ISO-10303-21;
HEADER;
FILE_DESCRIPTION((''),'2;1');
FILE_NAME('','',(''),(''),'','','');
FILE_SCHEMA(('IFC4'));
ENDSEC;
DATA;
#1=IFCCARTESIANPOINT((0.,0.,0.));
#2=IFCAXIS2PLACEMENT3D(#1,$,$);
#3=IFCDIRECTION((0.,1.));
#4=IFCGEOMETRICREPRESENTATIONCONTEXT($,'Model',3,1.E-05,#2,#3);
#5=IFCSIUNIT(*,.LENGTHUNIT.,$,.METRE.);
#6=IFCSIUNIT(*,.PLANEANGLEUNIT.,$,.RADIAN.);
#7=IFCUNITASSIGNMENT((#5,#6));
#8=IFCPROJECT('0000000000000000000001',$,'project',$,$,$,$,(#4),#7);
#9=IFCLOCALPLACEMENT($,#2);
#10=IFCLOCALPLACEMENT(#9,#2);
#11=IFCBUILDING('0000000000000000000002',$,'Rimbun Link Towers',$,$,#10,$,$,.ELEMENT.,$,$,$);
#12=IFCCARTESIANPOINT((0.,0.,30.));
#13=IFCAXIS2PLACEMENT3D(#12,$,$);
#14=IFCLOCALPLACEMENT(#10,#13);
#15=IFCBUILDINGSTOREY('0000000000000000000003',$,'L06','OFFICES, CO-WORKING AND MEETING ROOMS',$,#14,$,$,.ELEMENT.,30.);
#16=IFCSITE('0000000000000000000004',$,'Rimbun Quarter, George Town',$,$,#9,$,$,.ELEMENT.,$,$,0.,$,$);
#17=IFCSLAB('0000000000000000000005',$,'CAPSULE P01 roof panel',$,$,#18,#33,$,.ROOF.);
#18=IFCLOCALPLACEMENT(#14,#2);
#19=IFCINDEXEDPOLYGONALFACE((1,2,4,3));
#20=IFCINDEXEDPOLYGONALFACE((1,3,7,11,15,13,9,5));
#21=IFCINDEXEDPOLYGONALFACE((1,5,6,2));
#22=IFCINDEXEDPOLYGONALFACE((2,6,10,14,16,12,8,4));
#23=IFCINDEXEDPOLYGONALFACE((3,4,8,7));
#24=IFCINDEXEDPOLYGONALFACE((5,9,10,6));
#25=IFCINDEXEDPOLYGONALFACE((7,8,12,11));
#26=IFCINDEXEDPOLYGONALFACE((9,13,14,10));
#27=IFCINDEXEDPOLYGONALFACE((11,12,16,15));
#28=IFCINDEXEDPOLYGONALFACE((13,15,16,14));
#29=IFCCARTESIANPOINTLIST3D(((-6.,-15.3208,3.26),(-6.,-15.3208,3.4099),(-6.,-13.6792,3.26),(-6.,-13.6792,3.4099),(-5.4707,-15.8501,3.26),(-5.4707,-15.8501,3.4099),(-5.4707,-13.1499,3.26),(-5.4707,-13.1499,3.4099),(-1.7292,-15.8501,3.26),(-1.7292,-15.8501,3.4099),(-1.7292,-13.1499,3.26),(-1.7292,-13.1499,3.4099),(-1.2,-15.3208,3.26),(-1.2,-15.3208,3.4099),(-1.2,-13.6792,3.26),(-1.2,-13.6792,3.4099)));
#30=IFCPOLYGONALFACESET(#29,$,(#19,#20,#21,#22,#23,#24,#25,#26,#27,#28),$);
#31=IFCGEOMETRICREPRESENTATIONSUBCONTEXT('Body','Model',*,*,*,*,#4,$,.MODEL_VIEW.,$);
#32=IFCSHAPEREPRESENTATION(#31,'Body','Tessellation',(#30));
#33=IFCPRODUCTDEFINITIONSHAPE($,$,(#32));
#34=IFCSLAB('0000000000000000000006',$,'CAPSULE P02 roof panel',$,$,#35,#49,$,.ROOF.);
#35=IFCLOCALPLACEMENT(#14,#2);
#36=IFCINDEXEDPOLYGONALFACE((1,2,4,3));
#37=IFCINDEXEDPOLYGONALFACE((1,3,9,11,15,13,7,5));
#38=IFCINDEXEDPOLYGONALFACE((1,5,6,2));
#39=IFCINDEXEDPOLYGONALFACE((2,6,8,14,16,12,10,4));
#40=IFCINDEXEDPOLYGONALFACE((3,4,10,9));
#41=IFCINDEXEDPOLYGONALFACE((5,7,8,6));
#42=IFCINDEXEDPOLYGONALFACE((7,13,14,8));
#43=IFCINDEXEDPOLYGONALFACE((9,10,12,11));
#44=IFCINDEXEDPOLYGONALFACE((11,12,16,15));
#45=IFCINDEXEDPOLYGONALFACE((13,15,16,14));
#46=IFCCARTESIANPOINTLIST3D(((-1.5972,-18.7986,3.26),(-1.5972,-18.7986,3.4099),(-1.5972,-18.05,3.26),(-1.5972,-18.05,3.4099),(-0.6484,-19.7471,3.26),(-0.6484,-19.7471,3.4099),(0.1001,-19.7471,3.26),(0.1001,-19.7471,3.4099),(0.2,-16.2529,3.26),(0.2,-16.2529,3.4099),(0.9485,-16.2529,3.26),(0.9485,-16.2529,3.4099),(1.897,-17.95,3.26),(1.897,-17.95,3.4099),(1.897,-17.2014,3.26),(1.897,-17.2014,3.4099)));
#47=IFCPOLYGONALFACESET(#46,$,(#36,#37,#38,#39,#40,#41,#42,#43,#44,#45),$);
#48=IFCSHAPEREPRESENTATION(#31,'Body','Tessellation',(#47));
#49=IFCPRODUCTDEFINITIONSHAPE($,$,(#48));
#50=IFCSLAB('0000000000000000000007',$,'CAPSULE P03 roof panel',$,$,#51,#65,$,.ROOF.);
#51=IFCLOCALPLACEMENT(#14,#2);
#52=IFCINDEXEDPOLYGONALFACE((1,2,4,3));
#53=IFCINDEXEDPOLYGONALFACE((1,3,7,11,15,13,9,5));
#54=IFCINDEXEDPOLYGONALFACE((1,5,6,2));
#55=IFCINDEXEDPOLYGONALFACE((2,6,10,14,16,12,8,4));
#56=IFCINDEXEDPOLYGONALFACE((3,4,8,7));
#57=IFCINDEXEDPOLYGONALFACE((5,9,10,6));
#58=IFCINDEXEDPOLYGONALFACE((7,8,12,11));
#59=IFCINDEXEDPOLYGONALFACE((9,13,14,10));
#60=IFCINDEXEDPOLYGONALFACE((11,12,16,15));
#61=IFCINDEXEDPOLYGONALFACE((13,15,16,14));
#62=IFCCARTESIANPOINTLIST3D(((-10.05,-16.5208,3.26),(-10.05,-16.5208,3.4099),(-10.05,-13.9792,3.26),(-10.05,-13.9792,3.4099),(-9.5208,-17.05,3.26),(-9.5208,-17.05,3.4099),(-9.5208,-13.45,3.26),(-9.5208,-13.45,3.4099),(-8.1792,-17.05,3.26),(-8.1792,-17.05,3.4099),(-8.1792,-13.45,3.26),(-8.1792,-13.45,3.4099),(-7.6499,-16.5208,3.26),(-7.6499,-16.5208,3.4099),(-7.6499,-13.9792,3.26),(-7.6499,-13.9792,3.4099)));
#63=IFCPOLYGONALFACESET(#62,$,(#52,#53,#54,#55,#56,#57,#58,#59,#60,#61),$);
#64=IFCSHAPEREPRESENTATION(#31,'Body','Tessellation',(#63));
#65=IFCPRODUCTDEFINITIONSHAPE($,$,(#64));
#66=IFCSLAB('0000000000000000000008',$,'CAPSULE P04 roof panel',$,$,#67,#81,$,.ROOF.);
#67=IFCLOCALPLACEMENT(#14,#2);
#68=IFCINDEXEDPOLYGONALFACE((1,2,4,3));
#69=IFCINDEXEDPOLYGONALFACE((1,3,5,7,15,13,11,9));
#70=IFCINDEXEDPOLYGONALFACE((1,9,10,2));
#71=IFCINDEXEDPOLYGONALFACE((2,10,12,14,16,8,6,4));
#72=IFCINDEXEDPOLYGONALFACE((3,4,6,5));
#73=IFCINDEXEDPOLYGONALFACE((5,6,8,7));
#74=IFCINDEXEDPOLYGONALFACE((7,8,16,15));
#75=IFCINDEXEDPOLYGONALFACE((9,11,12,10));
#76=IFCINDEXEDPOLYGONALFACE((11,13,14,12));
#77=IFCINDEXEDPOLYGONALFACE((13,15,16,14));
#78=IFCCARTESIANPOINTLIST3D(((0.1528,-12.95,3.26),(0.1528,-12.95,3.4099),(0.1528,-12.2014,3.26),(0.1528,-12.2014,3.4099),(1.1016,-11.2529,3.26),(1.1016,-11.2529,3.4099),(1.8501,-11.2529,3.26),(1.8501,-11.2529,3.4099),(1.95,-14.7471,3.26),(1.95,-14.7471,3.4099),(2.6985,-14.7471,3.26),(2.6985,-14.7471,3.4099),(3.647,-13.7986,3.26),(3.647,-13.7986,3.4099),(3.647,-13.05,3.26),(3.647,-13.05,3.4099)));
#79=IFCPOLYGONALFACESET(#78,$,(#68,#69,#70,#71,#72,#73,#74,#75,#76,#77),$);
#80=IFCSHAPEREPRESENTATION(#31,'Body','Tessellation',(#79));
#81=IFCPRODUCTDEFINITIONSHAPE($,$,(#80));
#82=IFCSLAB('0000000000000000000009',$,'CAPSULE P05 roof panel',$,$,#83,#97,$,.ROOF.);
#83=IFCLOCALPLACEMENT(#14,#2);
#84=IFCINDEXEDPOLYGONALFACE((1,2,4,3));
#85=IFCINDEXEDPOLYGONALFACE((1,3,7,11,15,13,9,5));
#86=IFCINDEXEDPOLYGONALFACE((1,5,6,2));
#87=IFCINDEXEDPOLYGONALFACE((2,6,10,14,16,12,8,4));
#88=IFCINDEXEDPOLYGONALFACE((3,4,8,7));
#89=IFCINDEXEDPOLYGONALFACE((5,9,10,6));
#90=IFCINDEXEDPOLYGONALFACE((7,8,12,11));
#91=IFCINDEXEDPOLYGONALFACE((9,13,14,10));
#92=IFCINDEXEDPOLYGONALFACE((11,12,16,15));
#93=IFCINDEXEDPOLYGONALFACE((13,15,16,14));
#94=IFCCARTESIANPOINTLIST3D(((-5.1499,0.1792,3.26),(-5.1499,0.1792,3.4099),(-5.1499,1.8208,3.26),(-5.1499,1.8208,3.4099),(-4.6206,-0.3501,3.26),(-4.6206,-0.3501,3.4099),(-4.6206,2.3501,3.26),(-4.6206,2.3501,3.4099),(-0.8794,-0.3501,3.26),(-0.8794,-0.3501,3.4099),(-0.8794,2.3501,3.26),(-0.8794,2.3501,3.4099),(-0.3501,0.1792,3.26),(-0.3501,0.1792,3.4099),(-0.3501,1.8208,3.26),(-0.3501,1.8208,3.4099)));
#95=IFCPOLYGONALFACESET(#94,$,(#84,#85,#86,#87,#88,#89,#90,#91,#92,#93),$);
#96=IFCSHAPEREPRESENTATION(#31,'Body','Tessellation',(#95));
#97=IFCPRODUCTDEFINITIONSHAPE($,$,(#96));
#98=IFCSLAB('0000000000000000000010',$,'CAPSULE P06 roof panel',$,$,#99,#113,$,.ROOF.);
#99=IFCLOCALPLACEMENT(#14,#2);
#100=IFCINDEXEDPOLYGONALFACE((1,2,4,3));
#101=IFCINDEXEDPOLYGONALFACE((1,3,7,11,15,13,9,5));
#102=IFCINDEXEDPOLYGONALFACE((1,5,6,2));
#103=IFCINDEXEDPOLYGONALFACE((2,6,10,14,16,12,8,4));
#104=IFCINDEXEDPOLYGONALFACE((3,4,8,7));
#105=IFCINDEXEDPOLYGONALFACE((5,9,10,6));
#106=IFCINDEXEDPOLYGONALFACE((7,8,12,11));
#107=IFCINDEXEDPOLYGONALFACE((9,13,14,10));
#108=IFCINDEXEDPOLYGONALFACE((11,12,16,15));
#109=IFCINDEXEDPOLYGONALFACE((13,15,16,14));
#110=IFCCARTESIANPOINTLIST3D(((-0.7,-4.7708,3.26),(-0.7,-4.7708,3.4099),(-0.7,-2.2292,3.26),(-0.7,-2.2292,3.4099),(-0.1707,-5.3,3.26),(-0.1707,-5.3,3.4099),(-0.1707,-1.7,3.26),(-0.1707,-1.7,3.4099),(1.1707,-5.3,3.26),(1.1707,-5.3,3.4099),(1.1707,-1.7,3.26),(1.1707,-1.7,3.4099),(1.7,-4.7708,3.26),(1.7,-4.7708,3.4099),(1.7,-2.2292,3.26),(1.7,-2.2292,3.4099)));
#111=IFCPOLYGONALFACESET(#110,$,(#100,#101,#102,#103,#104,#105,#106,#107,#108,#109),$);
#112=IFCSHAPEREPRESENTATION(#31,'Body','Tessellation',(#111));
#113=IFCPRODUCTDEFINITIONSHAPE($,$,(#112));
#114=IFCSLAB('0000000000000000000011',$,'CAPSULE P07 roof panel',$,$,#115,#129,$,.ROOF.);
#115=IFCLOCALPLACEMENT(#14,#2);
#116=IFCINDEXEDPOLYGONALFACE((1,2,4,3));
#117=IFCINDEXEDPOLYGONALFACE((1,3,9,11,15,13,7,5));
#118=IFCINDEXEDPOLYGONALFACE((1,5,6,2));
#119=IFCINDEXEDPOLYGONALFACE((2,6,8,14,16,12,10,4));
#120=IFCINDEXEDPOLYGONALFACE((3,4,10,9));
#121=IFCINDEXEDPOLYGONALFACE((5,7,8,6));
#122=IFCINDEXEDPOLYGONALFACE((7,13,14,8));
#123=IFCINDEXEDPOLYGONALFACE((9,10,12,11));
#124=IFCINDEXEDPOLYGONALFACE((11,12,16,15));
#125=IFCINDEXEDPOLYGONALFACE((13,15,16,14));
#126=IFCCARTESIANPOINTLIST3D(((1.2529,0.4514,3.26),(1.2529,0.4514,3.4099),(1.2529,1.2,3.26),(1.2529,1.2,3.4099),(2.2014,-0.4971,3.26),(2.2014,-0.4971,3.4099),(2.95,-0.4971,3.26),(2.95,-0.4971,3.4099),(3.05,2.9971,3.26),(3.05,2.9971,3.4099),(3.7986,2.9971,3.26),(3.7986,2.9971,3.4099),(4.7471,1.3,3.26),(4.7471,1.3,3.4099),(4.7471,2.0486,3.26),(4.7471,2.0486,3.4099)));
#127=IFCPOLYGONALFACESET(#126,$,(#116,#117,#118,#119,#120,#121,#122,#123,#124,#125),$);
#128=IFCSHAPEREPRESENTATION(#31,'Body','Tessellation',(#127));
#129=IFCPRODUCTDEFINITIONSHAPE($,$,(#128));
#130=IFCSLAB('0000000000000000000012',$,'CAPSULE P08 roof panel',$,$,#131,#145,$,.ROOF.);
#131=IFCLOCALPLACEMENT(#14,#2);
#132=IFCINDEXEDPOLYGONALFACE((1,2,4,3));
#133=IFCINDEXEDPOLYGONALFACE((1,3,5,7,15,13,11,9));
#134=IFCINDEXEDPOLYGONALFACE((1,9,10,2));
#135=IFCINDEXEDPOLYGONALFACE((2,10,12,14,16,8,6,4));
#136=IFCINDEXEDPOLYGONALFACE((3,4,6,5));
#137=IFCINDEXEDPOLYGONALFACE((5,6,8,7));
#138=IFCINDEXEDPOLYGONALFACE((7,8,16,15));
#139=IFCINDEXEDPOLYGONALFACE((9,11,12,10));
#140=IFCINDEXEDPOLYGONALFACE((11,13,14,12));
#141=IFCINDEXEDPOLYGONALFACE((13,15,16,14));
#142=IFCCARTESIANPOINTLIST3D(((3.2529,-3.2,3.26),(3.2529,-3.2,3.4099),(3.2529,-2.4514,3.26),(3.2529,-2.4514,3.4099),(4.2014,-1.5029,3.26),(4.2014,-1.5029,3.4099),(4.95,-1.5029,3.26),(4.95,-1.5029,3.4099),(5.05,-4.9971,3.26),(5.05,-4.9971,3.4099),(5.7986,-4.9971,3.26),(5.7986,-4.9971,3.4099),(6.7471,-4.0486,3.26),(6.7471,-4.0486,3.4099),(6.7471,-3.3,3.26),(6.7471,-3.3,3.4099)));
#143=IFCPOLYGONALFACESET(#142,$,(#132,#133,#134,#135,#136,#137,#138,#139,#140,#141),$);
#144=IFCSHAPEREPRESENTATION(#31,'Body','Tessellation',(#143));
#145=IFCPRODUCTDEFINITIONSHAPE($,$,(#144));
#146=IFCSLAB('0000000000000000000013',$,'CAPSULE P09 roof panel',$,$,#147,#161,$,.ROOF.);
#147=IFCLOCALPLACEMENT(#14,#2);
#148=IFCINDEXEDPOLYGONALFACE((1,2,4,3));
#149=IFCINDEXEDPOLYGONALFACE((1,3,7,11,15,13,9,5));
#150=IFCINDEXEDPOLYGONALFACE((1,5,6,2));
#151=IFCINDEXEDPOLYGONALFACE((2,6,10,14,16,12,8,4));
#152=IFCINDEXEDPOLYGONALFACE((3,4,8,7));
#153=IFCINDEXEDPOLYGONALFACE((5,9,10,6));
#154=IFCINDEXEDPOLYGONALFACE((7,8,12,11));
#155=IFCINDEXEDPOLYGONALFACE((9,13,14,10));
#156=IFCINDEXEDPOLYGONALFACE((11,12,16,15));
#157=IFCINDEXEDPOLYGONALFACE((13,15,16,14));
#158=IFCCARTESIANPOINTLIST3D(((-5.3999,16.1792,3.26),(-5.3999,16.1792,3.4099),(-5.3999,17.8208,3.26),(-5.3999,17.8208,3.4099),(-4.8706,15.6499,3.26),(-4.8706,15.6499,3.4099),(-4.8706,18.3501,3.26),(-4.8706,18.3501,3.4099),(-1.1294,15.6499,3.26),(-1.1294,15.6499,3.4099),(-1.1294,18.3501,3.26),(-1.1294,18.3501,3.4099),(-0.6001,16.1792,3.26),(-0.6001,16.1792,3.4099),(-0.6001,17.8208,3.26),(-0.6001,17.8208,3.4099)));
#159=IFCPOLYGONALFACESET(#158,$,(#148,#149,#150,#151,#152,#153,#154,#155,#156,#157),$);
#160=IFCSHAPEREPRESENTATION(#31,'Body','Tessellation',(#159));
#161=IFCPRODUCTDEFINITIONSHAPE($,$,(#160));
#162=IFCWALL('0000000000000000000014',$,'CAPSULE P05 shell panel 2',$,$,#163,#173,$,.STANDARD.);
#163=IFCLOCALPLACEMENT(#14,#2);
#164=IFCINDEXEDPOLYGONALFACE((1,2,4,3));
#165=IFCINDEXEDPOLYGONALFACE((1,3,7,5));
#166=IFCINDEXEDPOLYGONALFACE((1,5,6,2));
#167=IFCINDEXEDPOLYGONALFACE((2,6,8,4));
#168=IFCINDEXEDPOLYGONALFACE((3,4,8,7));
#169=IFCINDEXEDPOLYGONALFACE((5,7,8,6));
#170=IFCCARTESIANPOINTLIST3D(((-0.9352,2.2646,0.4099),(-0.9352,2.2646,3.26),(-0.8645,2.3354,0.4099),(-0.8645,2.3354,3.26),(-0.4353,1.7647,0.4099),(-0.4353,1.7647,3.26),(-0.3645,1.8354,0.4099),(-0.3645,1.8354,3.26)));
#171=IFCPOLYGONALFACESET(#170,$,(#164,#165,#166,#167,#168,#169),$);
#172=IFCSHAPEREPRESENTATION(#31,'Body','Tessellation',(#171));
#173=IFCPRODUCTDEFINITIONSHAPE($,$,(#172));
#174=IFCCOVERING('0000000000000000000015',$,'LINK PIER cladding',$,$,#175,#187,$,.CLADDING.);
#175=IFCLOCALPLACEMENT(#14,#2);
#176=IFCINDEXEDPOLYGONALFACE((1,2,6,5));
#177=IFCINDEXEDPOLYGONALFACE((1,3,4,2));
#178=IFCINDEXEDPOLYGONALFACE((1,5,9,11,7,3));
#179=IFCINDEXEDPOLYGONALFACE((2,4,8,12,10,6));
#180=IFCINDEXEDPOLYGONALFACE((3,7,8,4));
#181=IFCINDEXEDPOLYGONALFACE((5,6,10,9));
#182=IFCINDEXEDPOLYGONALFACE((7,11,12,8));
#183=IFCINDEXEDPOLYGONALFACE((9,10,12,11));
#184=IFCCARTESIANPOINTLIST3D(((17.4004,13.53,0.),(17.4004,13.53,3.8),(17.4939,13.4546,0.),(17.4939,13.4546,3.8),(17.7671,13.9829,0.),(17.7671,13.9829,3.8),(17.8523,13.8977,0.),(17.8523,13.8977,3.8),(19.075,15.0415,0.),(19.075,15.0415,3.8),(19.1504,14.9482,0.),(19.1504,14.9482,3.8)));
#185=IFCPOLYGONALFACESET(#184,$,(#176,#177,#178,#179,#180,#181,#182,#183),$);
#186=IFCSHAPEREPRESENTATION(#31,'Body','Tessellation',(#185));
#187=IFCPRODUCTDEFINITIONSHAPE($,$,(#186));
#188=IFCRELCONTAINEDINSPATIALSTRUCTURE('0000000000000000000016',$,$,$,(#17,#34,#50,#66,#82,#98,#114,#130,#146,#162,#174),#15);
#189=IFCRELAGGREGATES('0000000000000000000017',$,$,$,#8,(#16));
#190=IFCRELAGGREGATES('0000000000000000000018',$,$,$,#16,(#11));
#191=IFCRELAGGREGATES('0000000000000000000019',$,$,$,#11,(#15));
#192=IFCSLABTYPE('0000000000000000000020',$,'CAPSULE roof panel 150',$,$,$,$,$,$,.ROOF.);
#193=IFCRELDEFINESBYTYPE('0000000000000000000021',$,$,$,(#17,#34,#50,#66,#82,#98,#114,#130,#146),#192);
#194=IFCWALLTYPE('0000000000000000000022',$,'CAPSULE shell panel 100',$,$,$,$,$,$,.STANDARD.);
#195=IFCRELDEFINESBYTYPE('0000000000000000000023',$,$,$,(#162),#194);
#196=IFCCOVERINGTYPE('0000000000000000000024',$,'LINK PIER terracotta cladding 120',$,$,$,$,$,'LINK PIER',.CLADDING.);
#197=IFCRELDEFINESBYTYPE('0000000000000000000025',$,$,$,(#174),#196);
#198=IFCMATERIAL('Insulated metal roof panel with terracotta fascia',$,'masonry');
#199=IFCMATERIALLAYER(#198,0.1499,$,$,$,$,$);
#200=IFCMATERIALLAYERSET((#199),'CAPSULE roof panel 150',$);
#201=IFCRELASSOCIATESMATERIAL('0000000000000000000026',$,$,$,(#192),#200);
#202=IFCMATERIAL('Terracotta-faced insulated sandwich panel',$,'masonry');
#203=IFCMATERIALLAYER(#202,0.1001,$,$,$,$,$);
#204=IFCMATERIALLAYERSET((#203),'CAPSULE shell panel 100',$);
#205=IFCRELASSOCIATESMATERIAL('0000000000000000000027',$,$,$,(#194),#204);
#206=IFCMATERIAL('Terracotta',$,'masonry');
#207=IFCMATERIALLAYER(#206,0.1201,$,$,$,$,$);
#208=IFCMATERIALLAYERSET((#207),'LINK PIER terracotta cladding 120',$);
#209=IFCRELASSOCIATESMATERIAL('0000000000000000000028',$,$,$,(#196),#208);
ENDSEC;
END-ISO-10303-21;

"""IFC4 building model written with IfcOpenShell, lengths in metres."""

from ifc_helpers import new_model, si_unit, direction, frame, frame_2d, origin, place, context, subcontext, project, spatial, polyline, rectangle, outline, extrude, material, layer, layer_set, type_object, element, save


model = new_model("IFC4")

# Units and contexts
model_context = context("Model", 3, precision=1e-05, world=origin(), true_north=direction((0.0, 1.0)))
body_context = subcontext(model_context, "Body", "Model", "MODEL_VIEW")
ifc_project = project(units=[si_unit("LENGTHUNIT", "METRE"), si_unit("PLANEANGLEUNIT", "RADIAN")], contexts=[model_context])

# Site, building, storey
site_placement = place(None, origin())
site = spatial("IfcSite", under=ifc_project, at=site_placement, Name="Rimbun Quarter, George Town", CompositionType="ELEMENT", RefElevation=0.0)
building_placement = place(site_placement, origin())
building = spatial("IfcBuilding", under=site, at=building_placement, Name="Rimbun Link Towers", CompositionType="ELEMENT")
storey_placement = place(building_placement, frame((0.0, 0.0, 30.0)))
storey = spatial("IfcBuildingStorey", under=building, at=storey_placement, Name="L06", Description="OFFICES, CO-WORKING AND MEETING ROOMS", CompositionType="ELEMENT", Elevation=30.0)

# Slabs
ifc_material_1 = material(Name="Insulated metal roof panel with terracotta fascia", Category="masonry")
ifc_layer_1 = layer(ifc_material_1, 0.1499)
ifc_layer_set_1 = layer_set([ifc_layer_1], Name="CAPSULE roof panel 150")
slab_type_1 = type_object("IfcSlabType", Name="CAPSULE roof panel 150", PredefinedType="ROOF", material=ifc_layer_set_1)
slab_1_placement = place(storey_placement, frame((0.0, 0.0, 3.26)))
element("IfcSlab", 1, at=slab_1_placement, inside=storey, type_object=slab_type_1, Name="CAPSULE P01 roof panel", PredefinedType="ROOF", context=body_context, shape_type="SweptSolid", body=[
    extrude(outline(polyline([(-1.2, -13.6792), (-1.7292, -13.1499), (-5.4707, -13.1499), (-6.0, -13.6792), (-6.0, -15.3208), (-5.4707, -15.8501), (-1.7292, -15.8501), (-1.2, -15.3208), (-1.2, -13.6792)])), origin(), (0.0, 0.0, 1.0), 0.1499),
])
slab_2_placement = place(storey_placement, frame((0.0, 0.0, 3.26)))
element("IfcSlab", 2, at=slab_2_placement, inside=storey, type_object=slab_type_1, Name="CAPSULE P02 roof panel", PredefinedType="ROOF", context=body_context, shape_type="SweptSolid", body=[
    extrude(outline(polyline([(0.9485, -16.2529), (0.2, -16.2529), (-1.5972, -18.05), (-1.5972, -18.7986), (-0.6484, -19.7471), (0.1001, -19.7471), (1.897, -17.95), (1.897, -17.2014), (0.9485, -16.2529)])), origin(), (0.0, 0.0, 1.0), 0.1499),
])
slab_3_placement = place(storey_placement, frame((0.0, 0.0, 3.26)))
element("IfcSlab", 3, at=slab_3_placement, inside=storey, type_object=slab_type_1, Name="CAPSULE P03 roof panel", PredefinedType="ROOF", context=body_context, shape_type="SweptSolid", body=[
    extrude(outline(polyline([(-9.5208, -13.45), (-10.05, -13.9792), (-10.05, -16.5208), (-9.5208, -17.05), (-8.1792, -17.05), (-7.6499, -16.5208), (-7.6499, -13.9792), (-8.1792, -13.45), (-9.5208, -13.45)])), origin(), (0.0, 0.0, 1.0), 0.1499),
])
slab_4_placement = place(storey_placement, frame((0.0, 0.0, 3.26)))
element("IfcSlab", 4, at=slab_4_placement, inside=storey, type_object=slab_type_1, Name="CAPSULE P04 roof panel", PredefinedType="ROOF", context=body_context, shape_type="SweptSolid", body=[
    extrude(outline(polyline([(0.1528, -12.2014), (0.1528, -12.95), (1.95, -14.7471), (2.6985, -14.7471), (3.647, -13.7986), (3.647, -13.05), (1.8501, -11.2529), (1.1016, -11.2529), (0.1528, -12.2014)])), origin(), (0.0, 0.0, 1.0), 0.1499),
])
slab_5_placement = place(storey_placement, frame((0.0, 0.0, 3.26)))
element("IfcSlab", 5, at=slab_5_placement, inside=storey, type_object=slab_type_1, Name="CAPSULE P05 roof panel", PredefinedType="ROOF", context=body_context, shape_type="SweptSolid", body=[
    extrude(outline(polyline([(-0.3501, 1.8208), (-0.8794, 2.3501), (-4.6206, 2.3501), (-5.1499, 1.8208), (-5.1499, 0.1792), (-4.6206, -0.3501), (-0.8794, -0.3501), (-0.3501, 0.1792), (-0.3501, 1.8208)])), origin(), (0.0, 0.0, 1.0), 0.1499),
])
slab_6_placement = place(storey_placement, frame((0.0, 0.0, 3.26)))
element("IfcSlab", 6, at=slab_6_placement, inside=storey, type_object=slab_type_1, Name="CAPSULE P06 roof panel", PredefinedType="ROOF", context=body_context, shape_type="SweptSolid", body=[
    extrude(outline(polyline([(-0.1707, -1.7), (-0.7, -2.2292), (-0.7, -4.7708), (-0.1707, -5.3), (1.1707, -5.3), (1.7, -4.7708), (1.7, -2.2292), (1.1707, -1.7), (-0.1707, -1.7)])), origin(), (0.0, 0.0, 1.0), 0.1499),
])
slab_7_placement = place(storey_placement, frame((0.0, 0.0, 3.26)))
element("IfcSlab", 7, at=slab_7_placement, inside=storey, type_object=slab_type_1, Name="CAPSULE P07 roof panel", PredefinedType="ROOF", context=body_context, shape_type="SweptSolid", body=[
    extrude(outline(polyline([(3.7986, 2.9971), (3.05, 2.9971), (1.2529, 1.2), (1.2529, 0.4514), (2.2014, -0.4971), (2.95, -0.4971), (4.7471, 1.3), (4.7471, 2.0486), (3.7986, 2.9971)])), origin(), (0.0, 0.0, 1.0), 0.1499),
])
slab_8_placement = place(storey_placement, frame((0.0, 0.0, 3.26)))
element("IfcSlab", 8, at=slab_8_placement, inside=storey, type_object=slab_type_1, Name="CAPSULE P08 roof panel", PredefinedType="ROOF", context=body_context, shape_type="SweptSolid", body=[
    extrude(outline(polyline([(3.2529, -2.4514), (3.2529, -3.2), (5.05, -4.9971), (5.7986, -4.9971), (6.7471, -4.0486), (6.7471, -3.3), (4.95, -1.5029), (4.2014, -1.5029), (3.2529, -2.4514)])), origin(), (0.0, 0.0, 1.0), 0.1499),
])
slab_9_placement = place(storey_placement, frame((0.0, 0.0, 3.26)))
element("IfcSlab", 9, at=slab_9_placement, inside=storey, type_object=slab_type_1, Name="CAPSULE P09 roof panel", PredefinedType="ROOF", context=body_context, shape_type="SweptSolid", body=[
    extrude(outline(polyline([(-0.6001, 17.8208), (-1.1294, 18.3501), (-4.8706, 18.3501), (-5.3999, 17.8208), (-5.3999, 16.1792), (-4.8706, 15.6499), (-1.1294, 15.6499), (-0.6001, 16.1792), (-0.6001, 17.8208)])), origin(), (0.0, 0.0, 1.0), 0.1499),
])

# Wall
ifc_material_2 = material(Name="Terracotta-faced insulated sandwich panel", Category="masonry")
ifc_layer_2 = layer(ifc_material_2, 0.1001)
ifc_layer_set_2 = layer_set([ifc_layer_2], Name="CAPSULE shell panel 100")
wall_type = type_object("IfcWallType", Name="CAPSULE shell panel 100", PredefinedType="STANDARD", material=ifc_layer_set_2)
wall_placement = place(storey_placement, frame((-0.3999, 1.8, 0.4099), z_axis=(0.0, 0.0, 1.0), x_axis=(-0.707107, 0.707107, 0.0)))
element("IfcWall", 10, at=wall_placement, inside=storey, type_object=wall_type, Name="CAPSULE P05 shell panel 2", PredefinedType="STANDARD", context=body_context, shape_type="SweptSolid", body=[
    extrude(rectangle(XDim=0.707, YDim=0.1001, at=frame_2d((0.3535, 0.0))), origin(), (0.0, 0.0, 1.0), 2.8501),
])

# Covering
ifc_material_3 = material(Name="Terracotta", Category="masonry")
ifc_layer_3 = layer(ifc_material_3, 0.1201)
ifc_layer_set_3 = layer_set([ifc_layer_3], Name="LINK PIER terracotta cladding 120")
covering_type = type_object("IfcCoveringType", Name="LINK PIER terracotta cladding 120", ElementType="LINK PIER", PredefinedType="CLADDING", material=ifc_layer_set_3)
covering_1_placement = place(storey_placement, origin())
element("IfcCovering", 11, at=covering_1_placement, inside=storey, type_object=covering_type, Name="LINK PIER cladding", PredefinedType="CLADDING", context=body_context, shape_type="SweptSolid", body=[
    extrude(outline(polyline([(17.4939, 13.4546), (17.8523, 13.8977), (19.1504, 14.9482), (19.075, 15.0415), (17.7671, 13.9829), (17.4004, 13.53), (17.4939, 13.4546)])), origin(), (0.0, 0.0, 1.0), 3.8),
])

save(model, "model.ifc")
